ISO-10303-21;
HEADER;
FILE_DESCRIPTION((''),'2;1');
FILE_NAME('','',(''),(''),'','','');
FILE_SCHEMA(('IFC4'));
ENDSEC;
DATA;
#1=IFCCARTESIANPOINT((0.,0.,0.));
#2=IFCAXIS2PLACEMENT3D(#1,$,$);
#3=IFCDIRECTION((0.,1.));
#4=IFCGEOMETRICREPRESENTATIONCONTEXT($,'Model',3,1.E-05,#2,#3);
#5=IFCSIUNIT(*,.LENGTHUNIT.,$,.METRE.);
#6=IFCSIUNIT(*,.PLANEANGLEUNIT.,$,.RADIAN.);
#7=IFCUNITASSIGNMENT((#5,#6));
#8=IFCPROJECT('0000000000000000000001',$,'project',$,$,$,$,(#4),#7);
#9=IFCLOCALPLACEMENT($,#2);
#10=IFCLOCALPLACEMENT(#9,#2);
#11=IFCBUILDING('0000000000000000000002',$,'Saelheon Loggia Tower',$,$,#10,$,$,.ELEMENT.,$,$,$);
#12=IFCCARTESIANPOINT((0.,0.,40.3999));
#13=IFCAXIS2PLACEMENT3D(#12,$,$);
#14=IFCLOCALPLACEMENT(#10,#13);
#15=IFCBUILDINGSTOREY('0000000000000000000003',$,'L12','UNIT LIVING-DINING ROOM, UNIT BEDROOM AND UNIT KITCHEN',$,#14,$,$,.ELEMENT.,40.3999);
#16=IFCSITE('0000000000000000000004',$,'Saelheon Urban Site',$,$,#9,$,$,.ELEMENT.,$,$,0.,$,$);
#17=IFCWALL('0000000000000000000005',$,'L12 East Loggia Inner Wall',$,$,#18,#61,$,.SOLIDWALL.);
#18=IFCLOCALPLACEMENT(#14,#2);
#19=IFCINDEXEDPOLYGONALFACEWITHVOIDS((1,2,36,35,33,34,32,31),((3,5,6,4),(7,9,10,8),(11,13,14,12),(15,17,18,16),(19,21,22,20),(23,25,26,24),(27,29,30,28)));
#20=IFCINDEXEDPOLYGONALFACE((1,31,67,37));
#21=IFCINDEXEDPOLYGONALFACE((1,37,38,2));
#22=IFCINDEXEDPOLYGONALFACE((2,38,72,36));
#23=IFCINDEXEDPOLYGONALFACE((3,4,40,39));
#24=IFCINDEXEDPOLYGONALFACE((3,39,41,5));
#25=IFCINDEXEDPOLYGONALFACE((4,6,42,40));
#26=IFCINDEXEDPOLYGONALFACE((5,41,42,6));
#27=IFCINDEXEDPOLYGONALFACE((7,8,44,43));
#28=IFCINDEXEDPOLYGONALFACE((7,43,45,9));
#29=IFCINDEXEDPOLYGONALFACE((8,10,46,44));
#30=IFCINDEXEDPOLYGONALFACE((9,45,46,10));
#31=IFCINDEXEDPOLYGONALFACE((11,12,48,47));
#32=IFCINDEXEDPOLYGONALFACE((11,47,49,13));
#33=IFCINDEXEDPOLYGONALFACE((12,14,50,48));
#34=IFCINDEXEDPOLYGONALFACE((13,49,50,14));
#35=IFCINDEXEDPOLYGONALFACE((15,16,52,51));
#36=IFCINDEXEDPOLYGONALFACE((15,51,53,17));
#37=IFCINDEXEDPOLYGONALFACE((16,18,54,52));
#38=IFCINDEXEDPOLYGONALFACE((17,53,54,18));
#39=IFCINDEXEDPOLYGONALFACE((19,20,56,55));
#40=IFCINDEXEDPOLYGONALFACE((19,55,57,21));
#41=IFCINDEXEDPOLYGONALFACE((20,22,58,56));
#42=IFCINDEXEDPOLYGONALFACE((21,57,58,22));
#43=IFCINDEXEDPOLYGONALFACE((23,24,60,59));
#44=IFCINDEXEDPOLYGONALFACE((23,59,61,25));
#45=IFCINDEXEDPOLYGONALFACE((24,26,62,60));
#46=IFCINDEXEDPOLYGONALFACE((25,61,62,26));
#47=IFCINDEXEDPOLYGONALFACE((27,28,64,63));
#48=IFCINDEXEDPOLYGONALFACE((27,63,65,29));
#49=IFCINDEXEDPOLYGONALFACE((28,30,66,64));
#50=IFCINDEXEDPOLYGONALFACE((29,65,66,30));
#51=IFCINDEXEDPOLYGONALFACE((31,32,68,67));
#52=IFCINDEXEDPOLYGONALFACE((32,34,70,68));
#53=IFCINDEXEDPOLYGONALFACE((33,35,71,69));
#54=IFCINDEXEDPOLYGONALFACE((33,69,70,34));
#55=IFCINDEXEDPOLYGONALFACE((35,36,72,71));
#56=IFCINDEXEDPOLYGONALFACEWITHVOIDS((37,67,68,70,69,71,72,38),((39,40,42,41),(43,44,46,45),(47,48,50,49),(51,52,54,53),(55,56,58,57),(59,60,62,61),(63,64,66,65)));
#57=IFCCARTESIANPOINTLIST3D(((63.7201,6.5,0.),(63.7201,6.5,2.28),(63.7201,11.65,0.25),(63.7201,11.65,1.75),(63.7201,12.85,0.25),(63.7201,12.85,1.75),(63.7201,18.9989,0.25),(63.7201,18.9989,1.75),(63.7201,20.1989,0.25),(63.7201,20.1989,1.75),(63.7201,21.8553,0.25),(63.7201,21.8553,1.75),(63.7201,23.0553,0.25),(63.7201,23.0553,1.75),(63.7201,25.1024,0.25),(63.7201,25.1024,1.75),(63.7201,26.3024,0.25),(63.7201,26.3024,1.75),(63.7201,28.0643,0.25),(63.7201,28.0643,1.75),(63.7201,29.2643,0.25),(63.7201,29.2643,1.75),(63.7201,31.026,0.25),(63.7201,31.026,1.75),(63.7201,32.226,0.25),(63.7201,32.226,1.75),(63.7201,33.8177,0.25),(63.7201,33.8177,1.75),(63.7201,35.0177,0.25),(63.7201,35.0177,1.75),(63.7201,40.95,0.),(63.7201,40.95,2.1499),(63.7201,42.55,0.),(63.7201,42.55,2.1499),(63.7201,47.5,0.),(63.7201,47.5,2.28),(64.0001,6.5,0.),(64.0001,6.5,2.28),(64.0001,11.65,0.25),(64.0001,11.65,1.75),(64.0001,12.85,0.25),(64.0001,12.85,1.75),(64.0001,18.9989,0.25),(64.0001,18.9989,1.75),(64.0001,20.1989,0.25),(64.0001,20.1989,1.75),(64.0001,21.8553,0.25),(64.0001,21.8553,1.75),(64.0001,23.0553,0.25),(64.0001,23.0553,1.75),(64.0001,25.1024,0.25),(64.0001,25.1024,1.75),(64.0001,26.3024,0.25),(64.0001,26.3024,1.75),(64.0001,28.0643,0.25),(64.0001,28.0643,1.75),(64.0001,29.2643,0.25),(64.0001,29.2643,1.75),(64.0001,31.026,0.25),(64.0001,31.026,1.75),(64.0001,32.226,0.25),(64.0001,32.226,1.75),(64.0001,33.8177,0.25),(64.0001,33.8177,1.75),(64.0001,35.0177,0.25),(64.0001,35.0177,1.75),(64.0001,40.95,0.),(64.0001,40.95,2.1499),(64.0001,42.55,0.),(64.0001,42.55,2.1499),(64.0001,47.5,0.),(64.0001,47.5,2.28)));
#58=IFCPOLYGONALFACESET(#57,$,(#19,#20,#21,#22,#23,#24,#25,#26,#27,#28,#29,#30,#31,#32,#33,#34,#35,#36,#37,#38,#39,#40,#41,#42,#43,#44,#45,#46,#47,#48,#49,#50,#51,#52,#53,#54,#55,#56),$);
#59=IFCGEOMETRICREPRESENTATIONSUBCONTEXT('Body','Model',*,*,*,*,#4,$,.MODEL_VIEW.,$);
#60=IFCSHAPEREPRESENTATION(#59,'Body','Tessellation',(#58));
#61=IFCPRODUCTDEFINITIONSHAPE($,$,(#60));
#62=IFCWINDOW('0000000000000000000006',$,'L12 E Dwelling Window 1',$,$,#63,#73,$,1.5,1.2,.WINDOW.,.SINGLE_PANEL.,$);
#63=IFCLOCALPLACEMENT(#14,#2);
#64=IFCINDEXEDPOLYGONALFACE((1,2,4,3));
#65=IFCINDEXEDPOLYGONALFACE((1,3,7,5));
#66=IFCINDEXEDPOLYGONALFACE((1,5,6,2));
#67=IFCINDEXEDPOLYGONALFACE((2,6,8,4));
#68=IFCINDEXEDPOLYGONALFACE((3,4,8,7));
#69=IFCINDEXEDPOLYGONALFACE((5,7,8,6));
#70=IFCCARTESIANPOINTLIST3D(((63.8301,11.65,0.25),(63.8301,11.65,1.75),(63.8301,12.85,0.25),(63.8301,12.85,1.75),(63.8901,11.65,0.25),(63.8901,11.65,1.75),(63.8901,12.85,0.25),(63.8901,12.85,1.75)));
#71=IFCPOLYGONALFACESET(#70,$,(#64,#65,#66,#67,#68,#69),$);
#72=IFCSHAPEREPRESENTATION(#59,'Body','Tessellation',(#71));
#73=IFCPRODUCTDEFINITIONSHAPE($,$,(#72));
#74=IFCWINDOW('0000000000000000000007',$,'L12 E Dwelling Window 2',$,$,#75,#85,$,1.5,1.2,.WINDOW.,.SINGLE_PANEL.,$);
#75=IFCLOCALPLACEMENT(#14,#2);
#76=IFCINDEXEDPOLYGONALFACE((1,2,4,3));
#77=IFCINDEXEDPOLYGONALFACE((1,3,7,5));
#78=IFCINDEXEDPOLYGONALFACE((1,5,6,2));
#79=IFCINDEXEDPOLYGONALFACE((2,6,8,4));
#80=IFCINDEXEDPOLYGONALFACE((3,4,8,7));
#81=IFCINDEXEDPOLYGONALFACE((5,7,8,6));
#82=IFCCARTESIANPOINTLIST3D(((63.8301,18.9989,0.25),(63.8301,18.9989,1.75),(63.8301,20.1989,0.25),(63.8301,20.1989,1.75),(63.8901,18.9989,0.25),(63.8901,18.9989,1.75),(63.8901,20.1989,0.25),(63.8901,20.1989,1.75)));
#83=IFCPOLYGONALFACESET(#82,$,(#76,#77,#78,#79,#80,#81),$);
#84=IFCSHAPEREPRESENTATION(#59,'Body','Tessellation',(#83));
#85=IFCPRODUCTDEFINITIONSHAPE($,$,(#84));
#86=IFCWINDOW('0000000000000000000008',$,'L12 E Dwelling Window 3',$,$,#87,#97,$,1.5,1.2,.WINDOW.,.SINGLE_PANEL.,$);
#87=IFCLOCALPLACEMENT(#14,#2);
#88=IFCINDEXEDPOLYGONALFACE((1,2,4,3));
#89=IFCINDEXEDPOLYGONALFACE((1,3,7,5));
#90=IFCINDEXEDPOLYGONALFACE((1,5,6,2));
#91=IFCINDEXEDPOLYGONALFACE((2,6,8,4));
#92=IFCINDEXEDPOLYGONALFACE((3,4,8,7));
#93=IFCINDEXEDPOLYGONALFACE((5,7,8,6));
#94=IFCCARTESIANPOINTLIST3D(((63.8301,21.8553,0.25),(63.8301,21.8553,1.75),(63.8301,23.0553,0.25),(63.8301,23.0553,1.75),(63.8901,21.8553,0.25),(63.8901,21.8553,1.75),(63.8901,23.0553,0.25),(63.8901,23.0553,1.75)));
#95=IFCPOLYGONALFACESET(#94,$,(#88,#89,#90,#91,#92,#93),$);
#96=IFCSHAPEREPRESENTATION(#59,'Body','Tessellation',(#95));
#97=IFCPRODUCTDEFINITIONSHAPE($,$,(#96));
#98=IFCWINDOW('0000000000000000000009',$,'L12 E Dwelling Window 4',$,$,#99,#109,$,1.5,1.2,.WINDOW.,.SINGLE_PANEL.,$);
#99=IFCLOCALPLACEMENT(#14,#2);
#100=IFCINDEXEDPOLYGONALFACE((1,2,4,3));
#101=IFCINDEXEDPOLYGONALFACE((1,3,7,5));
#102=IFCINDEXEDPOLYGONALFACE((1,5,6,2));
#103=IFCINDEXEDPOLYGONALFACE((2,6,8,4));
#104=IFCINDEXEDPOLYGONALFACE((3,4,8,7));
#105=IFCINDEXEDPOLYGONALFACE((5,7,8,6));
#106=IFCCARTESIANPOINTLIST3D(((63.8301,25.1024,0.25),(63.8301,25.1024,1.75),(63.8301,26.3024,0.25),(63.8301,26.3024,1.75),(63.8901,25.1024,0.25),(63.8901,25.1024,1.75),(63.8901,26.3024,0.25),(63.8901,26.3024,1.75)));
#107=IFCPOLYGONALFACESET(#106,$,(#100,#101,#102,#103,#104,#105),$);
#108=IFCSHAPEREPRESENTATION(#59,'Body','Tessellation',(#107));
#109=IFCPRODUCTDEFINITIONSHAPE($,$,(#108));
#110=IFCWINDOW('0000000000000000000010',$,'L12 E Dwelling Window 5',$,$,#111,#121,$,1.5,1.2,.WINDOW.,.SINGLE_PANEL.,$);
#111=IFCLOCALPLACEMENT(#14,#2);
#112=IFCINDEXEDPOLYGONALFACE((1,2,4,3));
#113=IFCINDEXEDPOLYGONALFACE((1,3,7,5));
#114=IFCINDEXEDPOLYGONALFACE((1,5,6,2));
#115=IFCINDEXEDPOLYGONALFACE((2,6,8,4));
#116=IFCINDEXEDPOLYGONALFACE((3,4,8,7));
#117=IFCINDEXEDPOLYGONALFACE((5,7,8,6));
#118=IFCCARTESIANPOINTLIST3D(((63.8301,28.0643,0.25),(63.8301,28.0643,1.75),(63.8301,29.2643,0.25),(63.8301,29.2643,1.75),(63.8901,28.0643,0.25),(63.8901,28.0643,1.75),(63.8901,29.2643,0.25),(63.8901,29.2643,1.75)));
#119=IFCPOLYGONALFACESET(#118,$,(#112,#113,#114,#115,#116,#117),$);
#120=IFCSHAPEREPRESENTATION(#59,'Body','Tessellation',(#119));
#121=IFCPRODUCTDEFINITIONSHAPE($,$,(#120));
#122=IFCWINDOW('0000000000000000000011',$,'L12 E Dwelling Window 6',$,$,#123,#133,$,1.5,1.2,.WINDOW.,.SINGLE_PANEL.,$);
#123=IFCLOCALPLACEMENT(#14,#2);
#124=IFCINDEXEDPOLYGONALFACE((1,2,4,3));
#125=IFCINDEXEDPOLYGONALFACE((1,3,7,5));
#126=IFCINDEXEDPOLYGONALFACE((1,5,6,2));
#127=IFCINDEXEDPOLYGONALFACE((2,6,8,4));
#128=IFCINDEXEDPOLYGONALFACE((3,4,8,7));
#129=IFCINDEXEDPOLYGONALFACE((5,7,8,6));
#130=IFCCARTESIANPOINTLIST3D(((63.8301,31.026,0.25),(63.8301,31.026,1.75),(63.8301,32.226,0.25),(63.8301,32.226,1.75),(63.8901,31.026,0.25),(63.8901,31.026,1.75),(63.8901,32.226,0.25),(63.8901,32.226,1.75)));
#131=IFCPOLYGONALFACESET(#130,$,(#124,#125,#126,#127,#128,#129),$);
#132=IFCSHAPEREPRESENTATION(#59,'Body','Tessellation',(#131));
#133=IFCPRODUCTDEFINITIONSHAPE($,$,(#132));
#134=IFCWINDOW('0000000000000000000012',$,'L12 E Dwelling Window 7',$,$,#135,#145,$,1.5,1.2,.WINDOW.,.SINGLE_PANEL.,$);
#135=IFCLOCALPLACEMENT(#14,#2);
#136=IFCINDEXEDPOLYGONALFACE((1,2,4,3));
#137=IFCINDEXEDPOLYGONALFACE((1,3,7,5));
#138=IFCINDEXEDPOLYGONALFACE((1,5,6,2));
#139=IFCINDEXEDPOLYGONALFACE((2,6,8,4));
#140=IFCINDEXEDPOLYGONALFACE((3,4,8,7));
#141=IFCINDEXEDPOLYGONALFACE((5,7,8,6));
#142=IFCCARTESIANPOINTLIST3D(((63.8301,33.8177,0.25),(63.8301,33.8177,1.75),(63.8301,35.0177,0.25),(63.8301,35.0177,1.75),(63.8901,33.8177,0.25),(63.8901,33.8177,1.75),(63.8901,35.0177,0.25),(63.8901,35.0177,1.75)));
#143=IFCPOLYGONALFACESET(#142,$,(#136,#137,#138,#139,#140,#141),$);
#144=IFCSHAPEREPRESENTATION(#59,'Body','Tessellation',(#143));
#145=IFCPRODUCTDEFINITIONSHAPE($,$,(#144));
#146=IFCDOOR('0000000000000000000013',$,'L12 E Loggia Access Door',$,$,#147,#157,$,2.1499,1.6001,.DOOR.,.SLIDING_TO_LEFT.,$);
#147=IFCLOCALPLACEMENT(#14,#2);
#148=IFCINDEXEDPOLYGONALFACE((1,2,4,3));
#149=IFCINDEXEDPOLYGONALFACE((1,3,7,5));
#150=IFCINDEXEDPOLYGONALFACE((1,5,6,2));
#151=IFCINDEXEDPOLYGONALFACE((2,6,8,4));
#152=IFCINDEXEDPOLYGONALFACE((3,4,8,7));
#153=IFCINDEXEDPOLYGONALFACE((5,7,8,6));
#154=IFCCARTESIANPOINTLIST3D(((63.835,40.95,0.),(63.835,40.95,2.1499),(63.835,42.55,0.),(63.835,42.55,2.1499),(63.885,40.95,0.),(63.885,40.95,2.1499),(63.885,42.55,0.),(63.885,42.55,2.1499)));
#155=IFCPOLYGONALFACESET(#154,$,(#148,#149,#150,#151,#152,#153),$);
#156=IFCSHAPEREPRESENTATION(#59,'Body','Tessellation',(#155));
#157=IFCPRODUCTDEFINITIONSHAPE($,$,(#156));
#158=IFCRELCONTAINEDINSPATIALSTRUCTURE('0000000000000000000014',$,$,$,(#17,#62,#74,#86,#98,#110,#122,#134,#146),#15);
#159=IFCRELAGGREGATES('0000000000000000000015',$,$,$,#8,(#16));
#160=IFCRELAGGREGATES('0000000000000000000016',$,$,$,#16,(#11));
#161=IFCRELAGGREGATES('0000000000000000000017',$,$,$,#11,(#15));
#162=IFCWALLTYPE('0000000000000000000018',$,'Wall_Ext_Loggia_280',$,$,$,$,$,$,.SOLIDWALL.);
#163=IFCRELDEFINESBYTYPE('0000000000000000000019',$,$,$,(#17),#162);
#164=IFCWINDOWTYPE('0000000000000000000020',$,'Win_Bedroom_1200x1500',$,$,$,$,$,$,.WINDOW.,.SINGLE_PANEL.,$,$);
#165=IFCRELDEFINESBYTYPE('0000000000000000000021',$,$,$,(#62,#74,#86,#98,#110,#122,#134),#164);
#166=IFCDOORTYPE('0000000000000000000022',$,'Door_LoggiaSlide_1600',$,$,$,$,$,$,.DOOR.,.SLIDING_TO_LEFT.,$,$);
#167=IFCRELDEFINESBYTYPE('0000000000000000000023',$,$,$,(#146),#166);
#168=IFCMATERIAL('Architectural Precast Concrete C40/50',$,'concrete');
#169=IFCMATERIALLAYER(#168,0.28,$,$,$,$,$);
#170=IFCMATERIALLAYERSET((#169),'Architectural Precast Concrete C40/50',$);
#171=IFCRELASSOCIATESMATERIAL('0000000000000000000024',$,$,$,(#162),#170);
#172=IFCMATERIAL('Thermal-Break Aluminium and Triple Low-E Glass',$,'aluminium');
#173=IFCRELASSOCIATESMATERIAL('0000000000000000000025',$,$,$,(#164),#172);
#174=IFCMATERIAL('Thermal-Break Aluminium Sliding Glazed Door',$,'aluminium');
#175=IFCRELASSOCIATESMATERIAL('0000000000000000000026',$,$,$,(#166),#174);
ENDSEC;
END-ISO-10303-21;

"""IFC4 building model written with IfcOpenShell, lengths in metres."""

from ifc_helpers import new_model, si_unit, direction, frame, frame_2d, origin, place, context, subcontext, project, spatial, rectangle, extrude, source, transform, mapped, material, layer, layer_set, type_object, element, fill, save


model = new_model("IFC4")

# Units and contexts
model_context = context("Model", 3, precision=1e-05, world=origin(), true_north=direction((0.0, 1.0)))
body_context = subcontext(model_context, "Body", "Model", "MODEL_VIEW")
ifc_project = project(units=[si_unit("LENGTHUNIT", "METRE"), si_unit("PLANEANGLEUNIT", "RADIAN")], contexts=[model_context])

# Site, building, storey
site_placement = place(None, origin())
site = spatial("IfcSite", under=ifc_project, at=site_placement, Name="Saelheon Urban Site", CompositionType="ELEMENT", RefElevation=0.0)
building_placement = place(site_placement, origin())
building = spatial("IfcBuilding", under=site, at=building_placement, Name="Saelheon Loggia Tower", CompositionType="ELEMENT")
storey_placement = place(building_placement, frame((0.0, 0.0, 40.3999)))
storey = spatial("IfcBuildingStorey", under=building, at=storey_placement, Name="L12", Description="UNIT LIVING-DINING ROOM, UNIT BEDROOM AND UNIT KITCHEN", CompositionType="ELEMENT", Elevation=40.3999)

# Wall, openings, windows, door
ifc_material_1 = material(Name="Architectural Precast Concrete C40/50", Category="concrete")
ifc_layer_1 = layer(ifc_material_1, 0.28)
ifc_layer_set_1 = layer_set([ifc_layer_1], Name="Architectural Precast Concrete C40/50")
wall_type_1 = type_object("IfcWallType", Name="Wall_Ext_Loggia_280", PredefinedType="SOLIDWALL", material=ifc_layer_set_1)
wall_1_placement = place(storey_placement, frame((63.8601, 6.5, 0.0), z_axis=(0.0, 0.0, 1.0), x_axis=(0.0, 1.0, 0.0)))
wall_1 = element("IfcWall", 1, at=wall_1_placement, inside=storey, type_object=wall_type_1, Name="L12 East Loggia Inner Wall", PredefinedType="SOLIDWALL", context=body_context, shape_type="SweptSolid", body=[
    extrude(rectangle(XDim=41.0, YDim=0.28, at=frame_2d((20.5, 0.0))), origin(), (0.0, 0.0, 1.0), 2.28),
])
opening_1_placement = place(wall_1_placement, frame((5.1499, 0.0, 0.25)))
opening_1 = element("IfcOpeningElement", 2, at=opening_1_placement, cuts=wall_1, PredefinedType="OPENING", context=body_context, shape_type="SweptSolid", body=[
    extrude(rectangle(XDim=1.2, YDim=1.5, at=frame_2d((0.6001, 0.75))), frame((0.0, 0.1521, 0.0), z_axis=(0.0, -1.0, 0.0), x_axis=(1.0, 0.0, 0.0)), (0.0, 0.0, 1.0), 0.304),
])
opening_2_placement = place(wall_1_placement, frame((12.4988, 0.0, 0.25)))
opening_2 = element("IfcOpeningElement", 3, at=opening_2_placement, cuts=wall_1, PredefinedType="OPENING", context=body_context, shape_type="SweptSolid", body=[
    extrude(rectangle(XDim=1.2, YDim=1.5, at=frame_2d((0.6001, 0.75))), frame((0.0, 0.1521, 0.0), z_axis=(0.0, -1.0, 0.0), x_axis=(1.0, 0.0, 0.0)), (0.0, 0.0, 1.0), 0.304),
])
opening_3_placement = place(wall_1_placement, frame((15.3552, 0.0, 0.25)))
opening_3 = element("IfcOpeningElement", 4, at=opening_3_placement, cuts=wall_1, PredefinedType="OPENING", context=body_context, shape_type="SweptSolid", body=[
    extrude(rectangle(XDim=1.2, YDim=1.5, at=frame_2d((0.6001, 0.75))), frame((0.0, 0.1521, 0.0), z_axis=(0.0, -1.0, 0.0), x_axis=(1.0, 0.0, 0.0)), (0.0, 0.0, 1.0), 0.304),
])
opening_4_placement = place(wall_1_placement, frame((18.6023, 0.0, 0.25)))
opening_4 = element("IfcOpeningElement", 5, at=opening_4_placement, cuts=wall_1, PredefinedType="OPENING", context=body_context, shape_type="SweptSolid", body=[
    extrude(rectangle(XDim=1.2, YDim=1.5, at=frame_2d((0.6001, 0.75))), frame((0.0, 0.1521, 0.0), z_axis=(0.0, -1.0, 0.0), x_axis=(1.0, 0.0, 0.0)), (0.0, 0.0, 1.0), 0.304),
])
opening_5_placement = place(wall_1_placement, frame((21.5642, 0.0, 0.25)))
opening_5 = element("IfcOpeningElement", 6, at=opening_5_placement, cuts=wall_1, PredefinedType="OPENING", context=body_context, shape_type="SweptSolid", body=[
    extrude(rectangle(XDim=1.2, YDim=1.5, at=frame_2d((0.6001, 0.75))), frame((0.0, 0.1521, 0.0), z_axis=(0.0, -1.0, 0.0), x_axis=(1.0, 0.0, 0.0)), (0.0, 0.0, 1.0), 0.304),
])
opening_6_placement = place(wall_1_placement, frame((24.5259, 0.0, 0.25)))
opening_6 = element("IfcOpeningElement", 7, at=opening_6_placement, cuts=wall_1, PredefinedType="OPENING", context=body_context, shape_type="SweptSolid", body=[
    extrude(rectangle(XDim=1.2, YDim=1.5, at=frame_2d((0.6001, 0.75))), frame((0.0, 0.1521, 0.0), z_axis=(0.0, -1.0, 0.0), x_axis=(1.0, 0.0, 0.0)), (0.0, 0.0, 1.0), 0.304),
])
opening_7_placement = place(wall_1_placement, frame((27.3176, 0.0, 0.25)))
opening_7 = element("IfcOpeningElement", 8, at=opening_7_placement, cuts=wall_1, PredefinedType="OPENING", context=body_context, shape_type="SweptSolid", body=[
    extrude(rectangle(XDim=1.2, YDim=1.5, at=frame_2d((0.6001, 0.75))), frame((0.0, 0.1521, 0.0), z_axis=(0.0, -1.0, 0.0), x_axis=(1.0, 0.0, 0.0)), (0.0, 0.0, 1.0), 0.304),
])
opening_8_placement = place(wall_1_placement, frame((36.05, 0.0, 0.0), z_axis=(0.0, 0.0, 1.0), x_axis=(-1.0, 0.0, 0.0)))
opening_8 = element("IfcOpeningElement", 9, at=opening_8_placement, cuts=wall_1, PredefinedType="OPENING", context=body_context, shape_type="SweptSolid", body=[
    extrude(rectangle(XDim=1.6001, YDim=2.1499, at=frame_2d((0.8, 1.075))), frame((0.0, 0.1521, 0.0), z_axis=(0.0, -1.0, 0.0), x_axis=(1.0, 0.0, 0.0)), (0.0, 0.0, 1.0), 0.304),
])
ifc_material_2 = material(Name="Thermal-Break Aluminium and Triple Low-E Glass", Category="aluminium")
window_type = type_object("IfcWindowType", Name="Win_Bedroom_1200x1500", PartitioningType="SINGLE_PANEL", PredefinedType="WINDOW", material=ifc_material_2)
shared_shape_1 = source(origin(), body_context, "Body", "SweptSolid", [
    extrude(rectangle(XDim=1.2, YDim=1.5, at=frame_2d((0.6001, 0.75))), frame((0.0, 0.03, 0.0), z_axis=(0.0, -1.0, 0.0), x_axis=(1.0, 0.0, 0.0)), (0.0, 0.0, 1.0), 0.0601),
])
window_1_placement = place(opening_1_placement, origin())
window_1 = element("IfcWindow", 10, at=window_1_placement, inside=storey, type_object=window_type, Name="L12 E Dwelling Window 1", OverallHeight=1.5, OverallWidth=1.2, PartitioningType="SINGLE_PANEL", PredefinedType="WINDOW", context=body_context, shape_type="MappedRepresentation", body=[
    mapped(shared_shape_1, transform((0.0, 0.0, 0.0), scale=1.0)),
])
fill(opening_1, window_1)
window_2_placement = place(opening_2_placement, origin())
window_2 = element("IfcWindow", 11, at=window_2_placement, inside=storey, type_object=window_type, Name="L12 E Dwelling Window 2", OverallHeight=1.5, OverallWidth=1.2, PartitioningType="SINGLE_PANEL", PredefinedType="WINDOW", context=body_context, shape_type="MappedRepresentation", body=[
    mapped(shared_shape_1, transform((0.0, 0.0, 0.0), scale=1.0)),
])
fill(opening_2, window_2)
window_3_placement = place(opening_3_placement, origin())
window_3 = element("IfcWindow", 12, at=window_3_placement, inside=storey, type_object=window_type, Name="L12 E Dwelling Window 3", OverallHeight=1.5, OverallWidth=1.2, PartitioningType="SINGLE_PANEL", PredefinedType="WINDOW", context=body_context, shape_type="MappedRepresentation", body=[
    mapped(shared_shape_1, transform((0.0, 0.0, 0.0), scale=1.0)),
])
fill(opening_3, window_3)
window_4_placement = place(opening_4_placement, origin())
window_4 = element("IfcWindow", 13, at=window_4_placement, inside=storey, type_object=window_type, Name="L12 E Dwelling Window 4", OverallHeight=1.5, OverallWidth=1.2, PartitioningType="SINGLE_PANEL", PredefinedType="WINDOW", context=body_context, shape_type="MappedRepresentation", body=[
    mapped(shared_shape_1, transform((0.0, 0.0, 0.0), scale=1.0)),
])
fill(opening_4, window_4)
window_5_placement = place(opening_5_placement, origin())
window_5 = element("IfcWindow", 14, at=window_5_placement, inside=storey, type_object=window_type, Name="L12 E Dwelling Window 5", OverallHeight=1.5, OverallWidth=1.2, PartitioningType="SINGLE_PANEL", PredefinedType="WINDOW", context=body_context, shape_type="MappedRepresentation", body=[
    mapped(shared_shape_1, transform((0.0, 0.0, 0.0), scale=1.0)),
])
fill(opening_5, window_5)
window_6_placement = place(opening_6_placement, origin())
window_6 = element("IfcWindow", 15, at=window_6_placement, inside=storey, type_object=window_type, Name="L12 E Dwelling Window 6", OverallHeight=1.5, OverallWidth=1.2, PartitioningType="SINGLE_PANEL", PredefinedType="WINDOW", context=body_context, shape_type="MappedRepresentation", body=[
    mapped(shared_shape_1, transform((0.0, 0.0, 0.0), scale=1.0)),
])
fill(opening_6, window_6)
window_7_placement = place(opening_7_placement, origin())
window_7 = element("IfcWindow", 16, at=window_7_placement, inside=storey, type_object=window_type, Name="L12 E Dwelling Window 7", OverallHeight=1.5, OverallWidth=1.2, PartitioningType="SINGLE_PANEL", PredefinedType="WINDOW", context=body_context, shape_type="MappedRepresentation", body=[
    mapped(shared_shape_1, transform((0.0, 0.0, 0.0), scale=1.0)),
])
fill(opening_7, window_7)
ifc_material_3 = material(Name="Thermal-Break Aluminium Sliding Glazed Door", Category="aluminium")
door_type = type_object("IfcDoorType", Name="Door_LoggiaSlide_1600", OperationType="SLIDING_TO_LEFT", PredefinedType="DOOR", material=ifc_material_3)
shared_shape_2 = source(origin(), body_context, "Body", "SweptSolid", [
    extrude(rectangle(XDim=1.6001, YDim=2.1499, at=frame_2d((0.8, 1.075))), frame((0.0, 0.0249, 0.0), z_axis=(0.0, -1.0, 0.0), x_axis=(1.0, 0.0, 0.0)), (0.0, 0.0, 1.0), 0.05),
])
door_placement = place(opening_8_placement, origin())
door = element("IfcDoor", 17, at=door_placement, inside=storey, type_object=door_type, Name="L12 E Loggia Access Door", OperationType="SLIDING_TO_LEFT", OverallHeight=2.1499, OverallWidth=1.6001, PredefinedType="DOOR", context=body_context, shape_type="MappedRepresentation", body=[
    mapped(shared_shape_2, transform((0.0, 0.0, 0.0), scale=1.0)),
])
fill(opening_8, door)

save(model, "model.ifc")
